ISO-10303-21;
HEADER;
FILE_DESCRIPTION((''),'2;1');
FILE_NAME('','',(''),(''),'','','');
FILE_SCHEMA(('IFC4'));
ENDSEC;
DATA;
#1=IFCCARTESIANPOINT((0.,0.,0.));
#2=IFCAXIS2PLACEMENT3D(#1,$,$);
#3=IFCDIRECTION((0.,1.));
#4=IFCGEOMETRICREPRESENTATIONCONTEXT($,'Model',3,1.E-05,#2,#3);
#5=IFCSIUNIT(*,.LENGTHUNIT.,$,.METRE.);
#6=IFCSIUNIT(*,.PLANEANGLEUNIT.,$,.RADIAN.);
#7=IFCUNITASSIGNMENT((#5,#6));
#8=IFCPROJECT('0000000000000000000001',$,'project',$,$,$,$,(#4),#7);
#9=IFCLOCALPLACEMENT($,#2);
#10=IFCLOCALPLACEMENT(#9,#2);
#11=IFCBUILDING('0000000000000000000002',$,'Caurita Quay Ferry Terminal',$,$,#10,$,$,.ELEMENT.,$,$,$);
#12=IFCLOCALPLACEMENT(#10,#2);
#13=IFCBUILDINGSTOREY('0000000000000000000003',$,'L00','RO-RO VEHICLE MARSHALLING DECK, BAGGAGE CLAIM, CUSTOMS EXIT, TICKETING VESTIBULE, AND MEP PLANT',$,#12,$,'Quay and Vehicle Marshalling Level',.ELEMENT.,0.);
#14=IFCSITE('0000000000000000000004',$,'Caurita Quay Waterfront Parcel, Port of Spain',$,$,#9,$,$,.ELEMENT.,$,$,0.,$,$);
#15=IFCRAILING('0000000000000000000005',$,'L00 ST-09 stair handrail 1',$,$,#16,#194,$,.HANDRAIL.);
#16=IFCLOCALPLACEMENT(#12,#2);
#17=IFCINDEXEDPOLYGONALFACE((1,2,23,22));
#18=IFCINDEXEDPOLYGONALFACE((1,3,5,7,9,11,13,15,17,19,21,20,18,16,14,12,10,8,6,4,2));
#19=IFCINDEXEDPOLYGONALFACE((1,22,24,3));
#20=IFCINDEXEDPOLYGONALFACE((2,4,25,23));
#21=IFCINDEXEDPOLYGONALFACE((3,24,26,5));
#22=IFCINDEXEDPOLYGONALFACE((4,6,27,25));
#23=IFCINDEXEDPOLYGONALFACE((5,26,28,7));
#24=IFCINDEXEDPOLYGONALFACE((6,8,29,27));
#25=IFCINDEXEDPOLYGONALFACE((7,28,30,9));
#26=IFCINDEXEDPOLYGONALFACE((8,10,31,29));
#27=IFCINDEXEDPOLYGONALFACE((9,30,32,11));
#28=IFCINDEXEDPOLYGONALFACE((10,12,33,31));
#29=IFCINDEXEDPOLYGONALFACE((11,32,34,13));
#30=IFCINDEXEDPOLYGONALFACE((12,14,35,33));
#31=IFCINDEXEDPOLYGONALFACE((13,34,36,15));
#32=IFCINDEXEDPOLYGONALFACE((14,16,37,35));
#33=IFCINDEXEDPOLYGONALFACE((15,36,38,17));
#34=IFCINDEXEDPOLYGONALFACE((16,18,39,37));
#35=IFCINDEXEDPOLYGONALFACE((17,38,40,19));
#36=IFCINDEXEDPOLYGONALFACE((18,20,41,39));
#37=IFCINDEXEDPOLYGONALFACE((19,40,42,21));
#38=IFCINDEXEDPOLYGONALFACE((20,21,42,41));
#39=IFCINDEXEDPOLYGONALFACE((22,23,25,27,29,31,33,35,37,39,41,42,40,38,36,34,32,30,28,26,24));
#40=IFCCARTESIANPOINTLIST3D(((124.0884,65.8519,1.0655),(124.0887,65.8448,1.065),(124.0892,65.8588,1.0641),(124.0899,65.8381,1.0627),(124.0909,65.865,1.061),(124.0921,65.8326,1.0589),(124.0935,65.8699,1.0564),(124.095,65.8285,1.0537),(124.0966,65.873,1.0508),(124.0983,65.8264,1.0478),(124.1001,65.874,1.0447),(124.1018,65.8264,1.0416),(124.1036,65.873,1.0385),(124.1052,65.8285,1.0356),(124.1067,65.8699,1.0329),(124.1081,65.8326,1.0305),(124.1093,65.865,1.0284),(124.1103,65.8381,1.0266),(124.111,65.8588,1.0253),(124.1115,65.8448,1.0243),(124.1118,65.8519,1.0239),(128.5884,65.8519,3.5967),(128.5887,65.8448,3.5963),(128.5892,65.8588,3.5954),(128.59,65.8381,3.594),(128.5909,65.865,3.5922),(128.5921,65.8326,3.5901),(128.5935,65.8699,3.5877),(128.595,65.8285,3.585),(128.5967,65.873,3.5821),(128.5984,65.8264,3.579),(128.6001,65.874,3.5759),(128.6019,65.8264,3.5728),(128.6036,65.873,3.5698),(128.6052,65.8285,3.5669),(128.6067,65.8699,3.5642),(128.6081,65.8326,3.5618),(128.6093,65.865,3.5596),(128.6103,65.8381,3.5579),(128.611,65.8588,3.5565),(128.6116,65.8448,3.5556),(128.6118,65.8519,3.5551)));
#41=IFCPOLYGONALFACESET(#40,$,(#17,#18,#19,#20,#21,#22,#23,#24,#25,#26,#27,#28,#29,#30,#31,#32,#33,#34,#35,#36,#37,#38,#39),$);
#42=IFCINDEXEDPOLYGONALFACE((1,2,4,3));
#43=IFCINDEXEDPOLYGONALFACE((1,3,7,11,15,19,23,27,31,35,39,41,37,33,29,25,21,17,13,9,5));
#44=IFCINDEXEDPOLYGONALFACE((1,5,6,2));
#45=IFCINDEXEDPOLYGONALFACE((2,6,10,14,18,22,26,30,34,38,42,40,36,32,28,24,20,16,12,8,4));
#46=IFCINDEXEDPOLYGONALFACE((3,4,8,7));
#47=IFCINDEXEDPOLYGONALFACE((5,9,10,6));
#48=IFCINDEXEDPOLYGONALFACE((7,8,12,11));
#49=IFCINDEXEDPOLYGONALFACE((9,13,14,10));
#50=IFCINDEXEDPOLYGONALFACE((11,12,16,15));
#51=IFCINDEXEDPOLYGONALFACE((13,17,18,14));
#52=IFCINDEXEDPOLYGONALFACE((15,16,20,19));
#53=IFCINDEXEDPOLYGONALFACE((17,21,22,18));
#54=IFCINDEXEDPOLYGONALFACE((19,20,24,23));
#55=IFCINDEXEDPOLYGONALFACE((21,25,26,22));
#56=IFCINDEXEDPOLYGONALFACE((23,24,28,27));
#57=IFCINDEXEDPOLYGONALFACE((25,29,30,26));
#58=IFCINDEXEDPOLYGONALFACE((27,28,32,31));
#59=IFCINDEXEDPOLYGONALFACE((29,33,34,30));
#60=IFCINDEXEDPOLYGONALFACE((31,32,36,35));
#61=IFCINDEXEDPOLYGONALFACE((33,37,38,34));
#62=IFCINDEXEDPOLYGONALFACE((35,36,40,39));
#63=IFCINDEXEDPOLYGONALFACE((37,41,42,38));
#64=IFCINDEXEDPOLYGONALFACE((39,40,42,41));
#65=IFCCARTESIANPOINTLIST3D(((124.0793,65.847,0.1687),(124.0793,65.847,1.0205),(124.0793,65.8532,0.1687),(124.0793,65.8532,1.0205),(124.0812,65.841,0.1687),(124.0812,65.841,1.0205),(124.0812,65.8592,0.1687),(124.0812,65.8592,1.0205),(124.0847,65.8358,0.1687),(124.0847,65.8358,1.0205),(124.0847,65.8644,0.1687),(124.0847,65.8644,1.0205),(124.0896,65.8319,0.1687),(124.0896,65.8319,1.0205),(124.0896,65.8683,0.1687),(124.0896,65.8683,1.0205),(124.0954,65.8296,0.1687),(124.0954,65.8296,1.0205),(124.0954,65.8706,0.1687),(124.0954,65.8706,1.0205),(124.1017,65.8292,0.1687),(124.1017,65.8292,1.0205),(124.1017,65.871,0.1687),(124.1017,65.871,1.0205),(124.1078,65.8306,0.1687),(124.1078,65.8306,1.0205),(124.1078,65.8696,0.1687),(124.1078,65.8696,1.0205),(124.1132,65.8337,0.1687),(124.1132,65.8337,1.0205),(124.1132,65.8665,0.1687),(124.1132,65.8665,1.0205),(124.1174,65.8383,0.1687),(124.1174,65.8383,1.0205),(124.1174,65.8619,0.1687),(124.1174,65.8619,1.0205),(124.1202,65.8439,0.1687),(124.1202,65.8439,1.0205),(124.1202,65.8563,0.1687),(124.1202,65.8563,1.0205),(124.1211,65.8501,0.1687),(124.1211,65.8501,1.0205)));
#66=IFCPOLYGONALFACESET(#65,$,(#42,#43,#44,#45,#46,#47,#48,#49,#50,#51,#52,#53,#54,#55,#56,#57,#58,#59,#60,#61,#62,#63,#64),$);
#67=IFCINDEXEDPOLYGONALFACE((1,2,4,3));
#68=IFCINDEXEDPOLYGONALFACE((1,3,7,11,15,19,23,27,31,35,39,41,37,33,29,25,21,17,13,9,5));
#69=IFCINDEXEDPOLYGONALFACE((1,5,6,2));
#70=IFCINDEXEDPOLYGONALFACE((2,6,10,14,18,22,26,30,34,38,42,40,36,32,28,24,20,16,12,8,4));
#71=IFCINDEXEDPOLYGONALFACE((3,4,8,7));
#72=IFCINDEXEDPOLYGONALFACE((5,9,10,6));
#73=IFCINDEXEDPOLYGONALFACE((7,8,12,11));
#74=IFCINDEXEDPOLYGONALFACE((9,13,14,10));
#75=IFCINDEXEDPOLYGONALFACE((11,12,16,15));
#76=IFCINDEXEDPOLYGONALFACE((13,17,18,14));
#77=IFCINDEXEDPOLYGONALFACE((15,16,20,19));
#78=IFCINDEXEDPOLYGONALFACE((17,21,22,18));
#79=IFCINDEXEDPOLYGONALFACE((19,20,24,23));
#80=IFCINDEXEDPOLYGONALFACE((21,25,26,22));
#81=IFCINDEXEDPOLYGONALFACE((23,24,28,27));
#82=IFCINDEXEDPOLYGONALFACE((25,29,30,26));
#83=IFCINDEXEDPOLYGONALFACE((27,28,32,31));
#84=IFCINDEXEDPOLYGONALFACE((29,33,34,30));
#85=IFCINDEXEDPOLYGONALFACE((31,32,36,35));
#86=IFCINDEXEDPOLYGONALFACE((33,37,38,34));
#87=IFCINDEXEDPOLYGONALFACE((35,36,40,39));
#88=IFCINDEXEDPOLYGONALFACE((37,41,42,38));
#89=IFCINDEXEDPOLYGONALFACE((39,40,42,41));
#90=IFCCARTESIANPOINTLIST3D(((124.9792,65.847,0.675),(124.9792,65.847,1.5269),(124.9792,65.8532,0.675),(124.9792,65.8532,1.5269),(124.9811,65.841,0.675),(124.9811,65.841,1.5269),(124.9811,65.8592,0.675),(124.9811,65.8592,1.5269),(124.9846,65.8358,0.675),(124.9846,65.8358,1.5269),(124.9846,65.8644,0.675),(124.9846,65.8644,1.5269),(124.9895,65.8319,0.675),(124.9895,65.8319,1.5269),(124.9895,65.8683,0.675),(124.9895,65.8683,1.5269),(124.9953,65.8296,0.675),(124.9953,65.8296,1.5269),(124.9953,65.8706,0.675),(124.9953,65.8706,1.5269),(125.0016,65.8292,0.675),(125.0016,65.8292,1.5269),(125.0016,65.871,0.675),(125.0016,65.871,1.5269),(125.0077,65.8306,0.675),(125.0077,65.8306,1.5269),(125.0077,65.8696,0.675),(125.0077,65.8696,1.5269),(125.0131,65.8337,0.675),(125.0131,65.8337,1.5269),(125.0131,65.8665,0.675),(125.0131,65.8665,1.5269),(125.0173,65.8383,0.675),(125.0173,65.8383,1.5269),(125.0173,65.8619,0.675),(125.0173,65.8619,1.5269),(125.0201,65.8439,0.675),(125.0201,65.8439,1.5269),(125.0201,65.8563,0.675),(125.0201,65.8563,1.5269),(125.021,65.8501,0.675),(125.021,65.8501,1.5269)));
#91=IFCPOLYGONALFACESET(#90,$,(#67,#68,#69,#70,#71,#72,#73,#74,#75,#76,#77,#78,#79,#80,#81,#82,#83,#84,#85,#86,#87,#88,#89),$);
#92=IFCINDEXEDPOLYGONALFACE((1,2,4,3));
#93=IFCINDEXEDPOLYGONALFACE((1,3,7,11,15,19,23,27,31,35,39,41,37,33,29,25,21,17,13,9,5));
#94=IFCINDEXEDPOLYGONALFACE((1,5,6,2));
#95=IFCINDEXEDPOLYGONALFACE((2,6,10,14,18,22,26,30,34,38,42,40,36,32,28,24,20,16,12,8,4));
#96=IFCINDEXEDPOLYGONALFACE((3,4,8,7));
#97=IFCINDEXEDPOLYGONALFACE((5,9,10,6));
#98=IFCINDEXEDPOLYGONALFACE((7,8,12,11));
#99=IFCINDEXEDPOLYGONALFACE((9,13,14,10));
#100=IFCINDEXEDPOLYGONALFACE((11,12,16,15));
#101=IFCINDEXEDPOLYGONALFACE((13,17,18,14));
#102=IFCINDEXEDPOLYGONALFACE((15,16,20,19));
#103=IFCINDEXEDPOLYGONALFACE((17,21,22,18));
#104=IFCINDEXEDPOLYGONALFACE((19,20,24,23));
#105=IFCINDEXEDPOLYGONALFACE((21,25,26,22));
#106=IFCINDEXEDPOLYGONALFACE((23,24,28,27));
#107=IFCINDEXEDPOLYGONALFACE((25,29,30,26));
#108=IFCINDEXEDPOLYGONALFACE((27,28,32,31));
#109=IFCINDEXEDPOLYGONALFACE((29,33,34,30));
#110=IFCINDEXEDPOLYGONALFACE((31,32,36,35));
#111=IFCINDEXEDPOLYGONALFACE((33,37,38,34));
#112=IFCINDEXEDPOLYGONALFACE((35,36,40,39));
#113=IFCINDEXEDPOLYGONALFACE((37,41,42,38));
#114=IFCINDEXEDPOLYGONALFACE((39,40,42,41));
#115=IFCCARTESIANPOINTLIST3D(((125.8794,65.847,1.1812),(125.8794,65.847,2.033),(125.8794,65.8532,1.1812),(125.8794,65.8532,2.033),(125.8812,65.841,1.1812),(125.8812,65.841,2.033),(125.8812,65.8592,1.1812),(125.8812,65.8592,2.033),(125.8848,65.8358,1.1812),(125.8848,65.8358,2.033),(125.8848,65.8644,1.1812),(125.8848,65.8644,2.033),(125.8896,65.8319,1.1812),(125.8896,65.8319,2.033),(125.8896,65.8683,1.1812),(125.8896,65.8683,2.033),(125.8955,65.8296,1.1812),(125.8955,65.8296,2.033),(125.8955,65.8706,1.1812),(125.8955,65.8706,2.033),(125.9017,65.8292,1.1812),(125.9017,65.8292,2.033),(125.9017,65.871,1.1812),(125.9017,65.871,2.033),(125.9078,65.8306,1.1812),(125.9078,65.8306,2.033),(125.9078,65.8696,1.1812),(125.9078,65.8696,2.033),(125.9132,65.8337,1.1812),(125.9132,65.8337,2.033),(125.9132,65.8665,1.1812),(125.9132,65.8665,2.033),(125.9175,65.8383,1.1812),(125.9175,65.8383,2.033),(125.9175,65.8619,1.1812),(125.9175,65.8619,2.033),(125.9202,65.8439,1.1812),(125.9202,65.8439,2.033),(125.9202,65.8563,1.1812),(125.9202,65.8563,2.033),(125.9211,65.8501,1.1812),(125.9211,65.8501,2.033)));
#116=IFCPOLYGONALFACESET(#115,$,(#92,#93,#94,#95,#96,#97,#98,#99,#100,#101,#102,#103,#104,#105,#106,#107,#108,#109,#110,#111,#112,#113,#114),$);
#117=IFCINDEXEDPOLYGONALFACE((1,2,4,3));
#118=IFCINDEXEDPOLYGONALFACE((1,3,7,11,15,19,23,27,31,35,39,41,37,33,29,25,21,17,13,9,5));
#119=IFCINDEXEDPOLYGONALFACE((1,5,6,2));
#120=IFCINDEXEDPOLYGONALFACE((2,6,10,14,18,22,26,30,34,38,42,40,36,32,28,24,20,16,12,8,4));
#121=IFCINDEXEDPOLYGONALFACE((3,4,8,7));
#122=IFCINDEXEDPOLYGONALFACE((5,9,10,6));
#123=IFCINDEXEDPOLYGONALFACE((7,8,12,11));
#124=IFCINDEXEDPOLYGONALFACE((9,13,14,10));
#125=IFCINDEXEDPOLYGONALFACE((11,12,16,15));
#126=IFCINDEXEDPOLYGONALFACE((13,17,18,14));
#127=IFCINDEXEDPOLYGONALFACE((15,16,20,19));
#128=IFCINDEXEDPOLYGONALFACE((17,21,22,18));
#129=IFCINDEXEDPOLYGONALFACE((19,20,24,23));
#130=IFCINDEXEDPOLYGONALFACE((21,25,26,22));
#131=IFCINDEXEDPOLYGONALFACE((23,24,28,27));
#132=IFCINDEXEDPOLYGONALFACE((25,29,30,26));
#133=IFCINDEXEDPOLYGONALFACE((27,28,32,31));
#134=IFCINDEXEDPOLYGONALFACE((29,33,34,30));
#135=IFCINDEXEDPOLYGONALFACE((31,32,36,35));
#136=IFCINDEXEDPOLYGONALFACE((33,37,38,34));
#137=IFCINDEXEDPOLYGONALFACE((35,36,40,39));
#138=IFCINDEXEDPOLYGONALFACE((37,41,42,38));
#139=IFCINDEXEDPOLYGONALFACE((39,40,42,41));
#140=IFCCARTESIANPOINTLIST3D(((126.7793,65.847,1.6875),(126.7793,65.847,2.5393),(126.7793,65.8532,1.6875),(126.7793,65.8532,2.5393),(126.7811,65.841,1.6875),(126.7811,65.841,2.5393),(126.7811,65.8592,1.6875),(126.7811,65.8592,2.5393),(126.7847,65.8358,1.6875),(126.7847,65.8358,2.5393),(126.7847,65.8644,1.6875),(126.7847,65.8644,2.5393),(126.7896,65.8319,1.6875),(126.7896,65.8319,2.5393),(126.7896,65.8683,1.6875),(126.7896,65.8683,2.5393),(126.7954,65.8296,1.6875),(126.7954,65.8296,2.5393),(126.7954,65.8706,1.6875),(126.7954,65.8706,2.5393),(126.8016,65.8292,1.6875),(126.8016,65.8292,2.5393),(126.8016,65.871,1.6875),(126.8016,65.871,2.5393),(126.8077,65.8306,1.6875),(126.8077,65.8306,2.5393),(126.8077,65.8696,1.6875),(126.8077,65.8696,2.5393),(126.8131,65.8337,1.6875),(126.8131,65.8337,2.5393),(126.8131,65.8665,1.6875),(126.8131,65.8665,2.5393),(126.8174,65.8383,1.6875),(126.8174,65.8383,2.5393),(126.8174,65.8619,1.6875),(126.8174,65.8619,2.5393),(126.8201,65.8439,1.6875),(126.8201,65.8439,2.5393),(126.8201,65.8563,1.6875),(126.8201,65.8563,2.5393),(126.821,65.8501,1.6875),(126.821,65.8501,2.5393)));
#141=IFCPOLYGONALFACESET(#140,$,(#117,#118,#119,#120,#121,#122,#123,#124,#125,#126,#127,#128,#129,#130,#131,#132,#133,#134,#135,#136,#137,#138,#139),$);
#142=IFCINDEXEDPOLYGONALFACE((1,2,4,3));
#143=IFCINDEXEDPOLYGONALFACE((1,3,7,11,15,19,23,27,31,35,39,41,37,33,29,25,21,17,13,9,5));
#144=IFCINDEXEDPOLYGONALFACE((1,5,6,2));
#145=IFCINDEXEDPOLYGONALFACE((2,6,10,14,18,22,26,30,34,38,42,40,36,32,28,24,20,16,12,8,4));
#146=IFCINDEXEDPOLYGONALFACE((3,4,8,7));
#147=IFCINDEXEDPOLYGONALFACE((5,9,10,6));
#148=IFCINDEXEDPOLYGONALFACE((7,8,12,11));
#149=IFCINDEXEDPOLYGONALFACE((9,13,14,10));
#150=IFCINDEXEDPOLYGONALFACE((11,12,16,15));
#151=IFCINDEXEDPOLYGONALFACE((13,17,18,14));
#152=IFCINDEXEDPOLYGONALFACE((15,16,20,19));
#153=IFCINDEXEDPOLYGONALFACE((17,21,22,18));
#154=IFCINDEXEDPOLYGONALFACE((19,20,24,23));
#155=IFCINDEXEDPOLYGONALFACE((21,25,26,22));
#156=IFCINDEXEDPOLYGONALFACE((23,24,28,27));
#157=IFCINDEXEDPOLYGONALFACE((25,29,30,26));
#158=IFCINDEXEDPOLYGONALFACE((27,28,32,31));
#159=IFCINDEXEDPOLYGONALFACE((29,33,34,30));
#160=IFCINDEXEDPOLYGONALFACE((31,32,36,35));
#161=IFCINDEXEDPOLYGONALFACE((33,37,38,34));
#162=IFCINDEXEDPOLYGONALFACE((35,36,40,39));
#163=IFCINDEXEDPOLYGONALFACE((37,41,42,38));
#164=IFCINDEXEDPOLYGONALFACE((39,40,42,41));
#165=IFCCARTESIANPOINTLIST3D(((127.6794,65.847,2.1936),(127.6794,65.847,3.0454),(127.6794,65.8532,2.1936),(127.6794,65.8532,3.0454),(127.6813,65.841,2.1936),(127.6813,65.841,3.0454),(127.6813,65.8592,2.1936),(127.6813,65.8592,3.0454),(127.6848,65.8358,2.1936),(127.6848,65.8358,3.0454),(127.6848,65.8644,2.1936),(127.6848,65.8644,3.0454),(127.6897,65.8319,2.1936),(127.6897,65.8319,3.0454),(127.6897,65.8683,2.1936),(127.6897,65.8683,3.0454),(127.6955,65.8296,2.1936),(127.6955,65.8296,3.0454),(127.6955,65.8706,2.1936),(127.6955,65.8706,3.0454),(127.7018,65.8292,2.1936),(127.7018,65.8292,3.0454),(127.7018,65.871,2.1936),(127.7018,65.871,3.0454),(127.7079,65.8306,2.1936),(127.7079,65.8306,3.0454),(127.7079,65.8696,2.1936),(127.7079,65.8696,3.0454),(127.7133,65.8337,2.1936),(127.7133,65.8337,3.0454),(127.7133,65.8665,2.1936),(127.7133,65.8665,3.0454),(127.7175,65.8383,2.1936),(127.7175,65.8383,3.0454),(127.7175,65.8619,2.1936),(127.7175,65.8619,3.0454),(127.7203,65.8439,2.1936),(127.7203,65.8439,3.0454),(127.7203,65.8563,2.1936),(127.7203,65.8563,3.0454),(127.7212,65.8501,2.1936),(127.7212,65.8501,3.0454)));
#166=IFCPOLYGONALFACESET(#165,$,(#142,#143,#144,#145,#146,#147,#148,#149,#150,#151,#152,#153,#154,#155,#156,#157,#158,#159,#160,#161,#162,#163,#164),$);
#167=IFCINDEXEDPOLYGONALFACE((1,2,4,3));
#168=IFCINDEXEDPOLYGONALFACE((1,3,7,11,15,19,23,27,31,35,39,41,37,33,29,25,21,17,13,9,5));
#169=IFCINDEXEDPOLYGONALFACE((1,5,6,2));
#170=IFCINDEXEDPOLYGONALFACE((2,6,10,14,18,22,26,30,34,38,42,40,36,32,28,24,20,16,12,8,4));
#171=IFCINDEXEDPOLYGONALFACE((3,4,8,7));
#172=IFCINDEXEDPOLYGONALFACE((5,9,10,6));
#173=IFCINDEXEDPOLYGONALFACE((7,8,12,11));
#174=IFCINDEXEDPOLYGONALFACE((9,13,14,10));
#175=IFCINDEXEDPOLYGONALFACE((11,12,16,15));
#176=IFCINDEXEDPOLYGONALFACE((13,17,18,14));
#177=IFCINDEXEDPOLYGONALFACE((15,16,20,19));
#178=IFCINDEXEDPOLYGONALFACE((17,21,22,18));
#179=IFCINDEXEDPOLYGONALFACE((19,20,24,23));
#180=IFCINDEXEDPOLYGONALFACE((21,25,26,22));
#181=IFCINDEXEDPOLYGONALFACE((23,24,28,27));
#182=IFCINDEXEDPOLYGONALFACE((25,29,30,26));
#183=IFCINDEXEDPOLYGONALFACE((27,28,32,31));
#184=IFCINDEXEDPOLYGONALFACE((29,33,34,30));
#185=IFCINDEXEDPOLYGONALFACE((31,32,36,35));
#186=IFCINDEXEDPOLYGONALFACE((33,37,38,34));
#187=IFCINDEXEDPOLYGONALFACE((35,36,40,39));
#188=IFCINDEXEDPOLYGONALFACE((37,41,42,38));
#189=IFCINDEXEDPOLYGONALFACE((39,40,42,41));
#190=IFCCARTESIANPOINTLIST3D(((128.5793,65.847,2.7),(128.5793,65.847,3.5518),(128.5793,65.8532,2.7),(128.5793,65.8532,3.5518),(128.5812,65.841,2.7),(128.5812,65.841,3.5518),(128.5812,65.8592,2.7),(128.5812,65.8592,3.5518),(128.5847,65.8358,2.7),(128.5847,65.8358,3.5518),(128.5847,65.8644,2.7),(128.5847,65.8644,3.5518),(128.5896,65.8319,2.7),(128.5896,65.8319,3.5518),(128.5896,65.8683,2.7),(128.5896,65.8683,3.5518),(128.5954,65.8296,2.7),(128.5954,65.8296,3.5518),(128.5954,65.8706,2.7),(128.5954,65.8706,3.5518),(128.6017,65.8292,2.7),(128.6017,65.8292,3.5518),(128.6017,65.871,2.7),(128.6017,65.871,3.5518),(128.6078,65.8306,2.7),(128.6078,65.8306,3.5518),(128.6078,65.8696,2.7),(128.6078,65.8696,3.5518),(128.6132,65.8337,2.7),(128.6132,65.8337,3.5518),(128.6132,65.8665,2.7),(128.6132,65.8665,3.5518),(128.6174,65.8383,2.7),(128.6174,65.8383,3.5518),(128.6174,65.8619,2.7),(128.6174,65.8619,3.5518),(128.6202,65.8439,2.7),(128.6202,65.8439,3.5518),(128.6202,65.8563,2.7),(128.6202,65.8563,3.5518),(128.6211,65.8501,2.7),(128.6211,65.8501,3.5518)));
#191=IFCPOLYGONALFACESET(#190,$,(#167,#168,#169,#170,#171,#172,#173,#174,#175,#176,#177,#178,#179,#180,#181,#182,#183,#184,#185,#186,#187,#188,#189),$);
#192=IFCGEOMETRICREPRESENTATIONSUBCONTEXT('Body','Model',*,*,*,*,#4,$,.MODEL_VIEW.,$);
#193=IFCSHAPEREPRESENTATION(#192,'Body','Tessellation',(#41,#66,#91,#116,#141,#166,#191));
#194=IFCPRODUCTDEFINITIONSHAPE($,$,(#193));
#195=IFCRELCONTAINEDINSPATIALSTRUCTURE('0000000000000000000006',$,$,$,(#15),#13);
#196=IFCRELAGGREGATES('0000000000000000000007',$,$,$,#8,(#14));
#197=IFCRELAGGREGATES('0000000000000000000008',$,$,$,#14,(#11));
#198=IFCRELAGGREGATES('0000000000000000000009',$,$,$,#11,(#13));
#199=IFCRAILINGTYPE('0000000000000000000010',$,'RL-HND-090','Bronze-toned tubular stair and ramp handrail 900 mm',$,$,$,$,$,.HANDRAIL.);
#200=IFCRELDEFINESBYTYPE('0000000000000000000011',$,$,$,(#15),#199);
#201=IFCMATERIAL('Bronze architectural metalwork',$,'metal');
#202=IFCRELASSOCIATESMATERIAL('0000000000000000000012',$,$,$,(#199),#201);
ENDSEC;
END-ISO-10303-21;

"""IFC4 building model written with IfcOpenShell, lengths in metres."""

from ifc_helpers import new_model, si_unit, direction, frame, origin, origin_2d, place, context, subcontext, project, spatial, circle, extrude, material, type_object, element, save


model = new_model("IFC4")

# Units and contexts
model_context = context("Model", 3, precision=1e-05, world=origin(), true_north=direction((0.0, 1.0)))
body_context = subcontext(model_context, "Body", "Model", "MODEL_VIEW")
ifc_project = project(units=[si_unit("LENGTHUNIT", "METRE"), si_unit("PLANEANGLEUNIT", "RADIAN")], contexts=[model_context])

# Site, building, storey
site_placement = place(None, origin())
site = spatial("IfcSite", under=ifc_project, at=site_placement, Name="Caurita Quay Waterfront Parcel, Port of Spain", CompositionType="ELEMENT", RefElevation=0.0)
building_placement = place(site_placement, origin())
building = spatial("IfcBuilding", under=site, at=building_placement, Name="Caurita Quay Ferry Terminal", CompositionType="ELEMENT")
storey_placement = place(building_placement, origin())
storey = spatial("IfcBuildingStorey", under=building, at=storey_placement, Name="L00", Description="RO-RO VEHICLE MARSHALLING DECK, BAGGAGE CLAIM, CUSTOMS EXIT, TICKETING VESTIBULE, AND MEP PLANT", LongName="Quay and Vehicle Marshalling Level", CompositionType="ELEMENT", Elevation=0.0)

# Railing
ifc_material_1 = material(Name="Bronze architectural metalwork", Category="metal")
railing_type = type_object("IfcRailingType", Name="RL-HND-090", Description="Bronze-toned tubular stair and ramp handrail 900 mm", PredefinedType="HANDRAIL", material=ifc_material_1)
railing_placement = place(storey_placement, frame((124.1001, 65.8501, 0.1687)))
element("IfcRailing", 1, at=railing_placement, inside=storey, type_object=railing_type, Name="L00 ST-09 stair handrail 1", PredefinedType="HANDRAIL", context=body_context, shape_type="SweptSolid", body=[
    extrude(circle(Radius=0.0239, at=origin_2d()), frame((0.0, 0.0, 0.876), z_axis=(0.871576, 0.0, 0.490261), x_axis=(0.0, 1.0, 0.0)), (0.0, 0.0, 1.0), 5.1631),
    extrude(circle(Radius=0.021, at=origin_2d()), origin(), (0.0, 0.0, 1.0), 0.8518),
    extrude(circle(Radius=0.021, at=origin_2d()), frame((0.8999, 0.0, 0.5063)), (0.0, 0.0, 1.0), 0.8518),
    extrude(circle(Radius=0.021, at=origin_2d()), frame((1.8, 0.0, 1.0125)), (0.0, 0.0, 1.0), 0.8518),
    extrude(circle(Radius=0.021, at=origin_2d()), frame((2.7, 0.0, 1.5188)), (0.0, 0.0, 1.0), 0.8518),
    extrude(circle(Radius=0.021, at=origin_2d()), frame((3.6001, 0.0, 2.0249)), (0.0, 0.0, 1.0), 0.8518),
    extrude(circle(Radius=0.021, at=origin_2d()), frame((4.5, 0.0, 2.5312)), (0.0, 0.0, 1.0), 0.8518),
])

save(model, "model.ifc")
